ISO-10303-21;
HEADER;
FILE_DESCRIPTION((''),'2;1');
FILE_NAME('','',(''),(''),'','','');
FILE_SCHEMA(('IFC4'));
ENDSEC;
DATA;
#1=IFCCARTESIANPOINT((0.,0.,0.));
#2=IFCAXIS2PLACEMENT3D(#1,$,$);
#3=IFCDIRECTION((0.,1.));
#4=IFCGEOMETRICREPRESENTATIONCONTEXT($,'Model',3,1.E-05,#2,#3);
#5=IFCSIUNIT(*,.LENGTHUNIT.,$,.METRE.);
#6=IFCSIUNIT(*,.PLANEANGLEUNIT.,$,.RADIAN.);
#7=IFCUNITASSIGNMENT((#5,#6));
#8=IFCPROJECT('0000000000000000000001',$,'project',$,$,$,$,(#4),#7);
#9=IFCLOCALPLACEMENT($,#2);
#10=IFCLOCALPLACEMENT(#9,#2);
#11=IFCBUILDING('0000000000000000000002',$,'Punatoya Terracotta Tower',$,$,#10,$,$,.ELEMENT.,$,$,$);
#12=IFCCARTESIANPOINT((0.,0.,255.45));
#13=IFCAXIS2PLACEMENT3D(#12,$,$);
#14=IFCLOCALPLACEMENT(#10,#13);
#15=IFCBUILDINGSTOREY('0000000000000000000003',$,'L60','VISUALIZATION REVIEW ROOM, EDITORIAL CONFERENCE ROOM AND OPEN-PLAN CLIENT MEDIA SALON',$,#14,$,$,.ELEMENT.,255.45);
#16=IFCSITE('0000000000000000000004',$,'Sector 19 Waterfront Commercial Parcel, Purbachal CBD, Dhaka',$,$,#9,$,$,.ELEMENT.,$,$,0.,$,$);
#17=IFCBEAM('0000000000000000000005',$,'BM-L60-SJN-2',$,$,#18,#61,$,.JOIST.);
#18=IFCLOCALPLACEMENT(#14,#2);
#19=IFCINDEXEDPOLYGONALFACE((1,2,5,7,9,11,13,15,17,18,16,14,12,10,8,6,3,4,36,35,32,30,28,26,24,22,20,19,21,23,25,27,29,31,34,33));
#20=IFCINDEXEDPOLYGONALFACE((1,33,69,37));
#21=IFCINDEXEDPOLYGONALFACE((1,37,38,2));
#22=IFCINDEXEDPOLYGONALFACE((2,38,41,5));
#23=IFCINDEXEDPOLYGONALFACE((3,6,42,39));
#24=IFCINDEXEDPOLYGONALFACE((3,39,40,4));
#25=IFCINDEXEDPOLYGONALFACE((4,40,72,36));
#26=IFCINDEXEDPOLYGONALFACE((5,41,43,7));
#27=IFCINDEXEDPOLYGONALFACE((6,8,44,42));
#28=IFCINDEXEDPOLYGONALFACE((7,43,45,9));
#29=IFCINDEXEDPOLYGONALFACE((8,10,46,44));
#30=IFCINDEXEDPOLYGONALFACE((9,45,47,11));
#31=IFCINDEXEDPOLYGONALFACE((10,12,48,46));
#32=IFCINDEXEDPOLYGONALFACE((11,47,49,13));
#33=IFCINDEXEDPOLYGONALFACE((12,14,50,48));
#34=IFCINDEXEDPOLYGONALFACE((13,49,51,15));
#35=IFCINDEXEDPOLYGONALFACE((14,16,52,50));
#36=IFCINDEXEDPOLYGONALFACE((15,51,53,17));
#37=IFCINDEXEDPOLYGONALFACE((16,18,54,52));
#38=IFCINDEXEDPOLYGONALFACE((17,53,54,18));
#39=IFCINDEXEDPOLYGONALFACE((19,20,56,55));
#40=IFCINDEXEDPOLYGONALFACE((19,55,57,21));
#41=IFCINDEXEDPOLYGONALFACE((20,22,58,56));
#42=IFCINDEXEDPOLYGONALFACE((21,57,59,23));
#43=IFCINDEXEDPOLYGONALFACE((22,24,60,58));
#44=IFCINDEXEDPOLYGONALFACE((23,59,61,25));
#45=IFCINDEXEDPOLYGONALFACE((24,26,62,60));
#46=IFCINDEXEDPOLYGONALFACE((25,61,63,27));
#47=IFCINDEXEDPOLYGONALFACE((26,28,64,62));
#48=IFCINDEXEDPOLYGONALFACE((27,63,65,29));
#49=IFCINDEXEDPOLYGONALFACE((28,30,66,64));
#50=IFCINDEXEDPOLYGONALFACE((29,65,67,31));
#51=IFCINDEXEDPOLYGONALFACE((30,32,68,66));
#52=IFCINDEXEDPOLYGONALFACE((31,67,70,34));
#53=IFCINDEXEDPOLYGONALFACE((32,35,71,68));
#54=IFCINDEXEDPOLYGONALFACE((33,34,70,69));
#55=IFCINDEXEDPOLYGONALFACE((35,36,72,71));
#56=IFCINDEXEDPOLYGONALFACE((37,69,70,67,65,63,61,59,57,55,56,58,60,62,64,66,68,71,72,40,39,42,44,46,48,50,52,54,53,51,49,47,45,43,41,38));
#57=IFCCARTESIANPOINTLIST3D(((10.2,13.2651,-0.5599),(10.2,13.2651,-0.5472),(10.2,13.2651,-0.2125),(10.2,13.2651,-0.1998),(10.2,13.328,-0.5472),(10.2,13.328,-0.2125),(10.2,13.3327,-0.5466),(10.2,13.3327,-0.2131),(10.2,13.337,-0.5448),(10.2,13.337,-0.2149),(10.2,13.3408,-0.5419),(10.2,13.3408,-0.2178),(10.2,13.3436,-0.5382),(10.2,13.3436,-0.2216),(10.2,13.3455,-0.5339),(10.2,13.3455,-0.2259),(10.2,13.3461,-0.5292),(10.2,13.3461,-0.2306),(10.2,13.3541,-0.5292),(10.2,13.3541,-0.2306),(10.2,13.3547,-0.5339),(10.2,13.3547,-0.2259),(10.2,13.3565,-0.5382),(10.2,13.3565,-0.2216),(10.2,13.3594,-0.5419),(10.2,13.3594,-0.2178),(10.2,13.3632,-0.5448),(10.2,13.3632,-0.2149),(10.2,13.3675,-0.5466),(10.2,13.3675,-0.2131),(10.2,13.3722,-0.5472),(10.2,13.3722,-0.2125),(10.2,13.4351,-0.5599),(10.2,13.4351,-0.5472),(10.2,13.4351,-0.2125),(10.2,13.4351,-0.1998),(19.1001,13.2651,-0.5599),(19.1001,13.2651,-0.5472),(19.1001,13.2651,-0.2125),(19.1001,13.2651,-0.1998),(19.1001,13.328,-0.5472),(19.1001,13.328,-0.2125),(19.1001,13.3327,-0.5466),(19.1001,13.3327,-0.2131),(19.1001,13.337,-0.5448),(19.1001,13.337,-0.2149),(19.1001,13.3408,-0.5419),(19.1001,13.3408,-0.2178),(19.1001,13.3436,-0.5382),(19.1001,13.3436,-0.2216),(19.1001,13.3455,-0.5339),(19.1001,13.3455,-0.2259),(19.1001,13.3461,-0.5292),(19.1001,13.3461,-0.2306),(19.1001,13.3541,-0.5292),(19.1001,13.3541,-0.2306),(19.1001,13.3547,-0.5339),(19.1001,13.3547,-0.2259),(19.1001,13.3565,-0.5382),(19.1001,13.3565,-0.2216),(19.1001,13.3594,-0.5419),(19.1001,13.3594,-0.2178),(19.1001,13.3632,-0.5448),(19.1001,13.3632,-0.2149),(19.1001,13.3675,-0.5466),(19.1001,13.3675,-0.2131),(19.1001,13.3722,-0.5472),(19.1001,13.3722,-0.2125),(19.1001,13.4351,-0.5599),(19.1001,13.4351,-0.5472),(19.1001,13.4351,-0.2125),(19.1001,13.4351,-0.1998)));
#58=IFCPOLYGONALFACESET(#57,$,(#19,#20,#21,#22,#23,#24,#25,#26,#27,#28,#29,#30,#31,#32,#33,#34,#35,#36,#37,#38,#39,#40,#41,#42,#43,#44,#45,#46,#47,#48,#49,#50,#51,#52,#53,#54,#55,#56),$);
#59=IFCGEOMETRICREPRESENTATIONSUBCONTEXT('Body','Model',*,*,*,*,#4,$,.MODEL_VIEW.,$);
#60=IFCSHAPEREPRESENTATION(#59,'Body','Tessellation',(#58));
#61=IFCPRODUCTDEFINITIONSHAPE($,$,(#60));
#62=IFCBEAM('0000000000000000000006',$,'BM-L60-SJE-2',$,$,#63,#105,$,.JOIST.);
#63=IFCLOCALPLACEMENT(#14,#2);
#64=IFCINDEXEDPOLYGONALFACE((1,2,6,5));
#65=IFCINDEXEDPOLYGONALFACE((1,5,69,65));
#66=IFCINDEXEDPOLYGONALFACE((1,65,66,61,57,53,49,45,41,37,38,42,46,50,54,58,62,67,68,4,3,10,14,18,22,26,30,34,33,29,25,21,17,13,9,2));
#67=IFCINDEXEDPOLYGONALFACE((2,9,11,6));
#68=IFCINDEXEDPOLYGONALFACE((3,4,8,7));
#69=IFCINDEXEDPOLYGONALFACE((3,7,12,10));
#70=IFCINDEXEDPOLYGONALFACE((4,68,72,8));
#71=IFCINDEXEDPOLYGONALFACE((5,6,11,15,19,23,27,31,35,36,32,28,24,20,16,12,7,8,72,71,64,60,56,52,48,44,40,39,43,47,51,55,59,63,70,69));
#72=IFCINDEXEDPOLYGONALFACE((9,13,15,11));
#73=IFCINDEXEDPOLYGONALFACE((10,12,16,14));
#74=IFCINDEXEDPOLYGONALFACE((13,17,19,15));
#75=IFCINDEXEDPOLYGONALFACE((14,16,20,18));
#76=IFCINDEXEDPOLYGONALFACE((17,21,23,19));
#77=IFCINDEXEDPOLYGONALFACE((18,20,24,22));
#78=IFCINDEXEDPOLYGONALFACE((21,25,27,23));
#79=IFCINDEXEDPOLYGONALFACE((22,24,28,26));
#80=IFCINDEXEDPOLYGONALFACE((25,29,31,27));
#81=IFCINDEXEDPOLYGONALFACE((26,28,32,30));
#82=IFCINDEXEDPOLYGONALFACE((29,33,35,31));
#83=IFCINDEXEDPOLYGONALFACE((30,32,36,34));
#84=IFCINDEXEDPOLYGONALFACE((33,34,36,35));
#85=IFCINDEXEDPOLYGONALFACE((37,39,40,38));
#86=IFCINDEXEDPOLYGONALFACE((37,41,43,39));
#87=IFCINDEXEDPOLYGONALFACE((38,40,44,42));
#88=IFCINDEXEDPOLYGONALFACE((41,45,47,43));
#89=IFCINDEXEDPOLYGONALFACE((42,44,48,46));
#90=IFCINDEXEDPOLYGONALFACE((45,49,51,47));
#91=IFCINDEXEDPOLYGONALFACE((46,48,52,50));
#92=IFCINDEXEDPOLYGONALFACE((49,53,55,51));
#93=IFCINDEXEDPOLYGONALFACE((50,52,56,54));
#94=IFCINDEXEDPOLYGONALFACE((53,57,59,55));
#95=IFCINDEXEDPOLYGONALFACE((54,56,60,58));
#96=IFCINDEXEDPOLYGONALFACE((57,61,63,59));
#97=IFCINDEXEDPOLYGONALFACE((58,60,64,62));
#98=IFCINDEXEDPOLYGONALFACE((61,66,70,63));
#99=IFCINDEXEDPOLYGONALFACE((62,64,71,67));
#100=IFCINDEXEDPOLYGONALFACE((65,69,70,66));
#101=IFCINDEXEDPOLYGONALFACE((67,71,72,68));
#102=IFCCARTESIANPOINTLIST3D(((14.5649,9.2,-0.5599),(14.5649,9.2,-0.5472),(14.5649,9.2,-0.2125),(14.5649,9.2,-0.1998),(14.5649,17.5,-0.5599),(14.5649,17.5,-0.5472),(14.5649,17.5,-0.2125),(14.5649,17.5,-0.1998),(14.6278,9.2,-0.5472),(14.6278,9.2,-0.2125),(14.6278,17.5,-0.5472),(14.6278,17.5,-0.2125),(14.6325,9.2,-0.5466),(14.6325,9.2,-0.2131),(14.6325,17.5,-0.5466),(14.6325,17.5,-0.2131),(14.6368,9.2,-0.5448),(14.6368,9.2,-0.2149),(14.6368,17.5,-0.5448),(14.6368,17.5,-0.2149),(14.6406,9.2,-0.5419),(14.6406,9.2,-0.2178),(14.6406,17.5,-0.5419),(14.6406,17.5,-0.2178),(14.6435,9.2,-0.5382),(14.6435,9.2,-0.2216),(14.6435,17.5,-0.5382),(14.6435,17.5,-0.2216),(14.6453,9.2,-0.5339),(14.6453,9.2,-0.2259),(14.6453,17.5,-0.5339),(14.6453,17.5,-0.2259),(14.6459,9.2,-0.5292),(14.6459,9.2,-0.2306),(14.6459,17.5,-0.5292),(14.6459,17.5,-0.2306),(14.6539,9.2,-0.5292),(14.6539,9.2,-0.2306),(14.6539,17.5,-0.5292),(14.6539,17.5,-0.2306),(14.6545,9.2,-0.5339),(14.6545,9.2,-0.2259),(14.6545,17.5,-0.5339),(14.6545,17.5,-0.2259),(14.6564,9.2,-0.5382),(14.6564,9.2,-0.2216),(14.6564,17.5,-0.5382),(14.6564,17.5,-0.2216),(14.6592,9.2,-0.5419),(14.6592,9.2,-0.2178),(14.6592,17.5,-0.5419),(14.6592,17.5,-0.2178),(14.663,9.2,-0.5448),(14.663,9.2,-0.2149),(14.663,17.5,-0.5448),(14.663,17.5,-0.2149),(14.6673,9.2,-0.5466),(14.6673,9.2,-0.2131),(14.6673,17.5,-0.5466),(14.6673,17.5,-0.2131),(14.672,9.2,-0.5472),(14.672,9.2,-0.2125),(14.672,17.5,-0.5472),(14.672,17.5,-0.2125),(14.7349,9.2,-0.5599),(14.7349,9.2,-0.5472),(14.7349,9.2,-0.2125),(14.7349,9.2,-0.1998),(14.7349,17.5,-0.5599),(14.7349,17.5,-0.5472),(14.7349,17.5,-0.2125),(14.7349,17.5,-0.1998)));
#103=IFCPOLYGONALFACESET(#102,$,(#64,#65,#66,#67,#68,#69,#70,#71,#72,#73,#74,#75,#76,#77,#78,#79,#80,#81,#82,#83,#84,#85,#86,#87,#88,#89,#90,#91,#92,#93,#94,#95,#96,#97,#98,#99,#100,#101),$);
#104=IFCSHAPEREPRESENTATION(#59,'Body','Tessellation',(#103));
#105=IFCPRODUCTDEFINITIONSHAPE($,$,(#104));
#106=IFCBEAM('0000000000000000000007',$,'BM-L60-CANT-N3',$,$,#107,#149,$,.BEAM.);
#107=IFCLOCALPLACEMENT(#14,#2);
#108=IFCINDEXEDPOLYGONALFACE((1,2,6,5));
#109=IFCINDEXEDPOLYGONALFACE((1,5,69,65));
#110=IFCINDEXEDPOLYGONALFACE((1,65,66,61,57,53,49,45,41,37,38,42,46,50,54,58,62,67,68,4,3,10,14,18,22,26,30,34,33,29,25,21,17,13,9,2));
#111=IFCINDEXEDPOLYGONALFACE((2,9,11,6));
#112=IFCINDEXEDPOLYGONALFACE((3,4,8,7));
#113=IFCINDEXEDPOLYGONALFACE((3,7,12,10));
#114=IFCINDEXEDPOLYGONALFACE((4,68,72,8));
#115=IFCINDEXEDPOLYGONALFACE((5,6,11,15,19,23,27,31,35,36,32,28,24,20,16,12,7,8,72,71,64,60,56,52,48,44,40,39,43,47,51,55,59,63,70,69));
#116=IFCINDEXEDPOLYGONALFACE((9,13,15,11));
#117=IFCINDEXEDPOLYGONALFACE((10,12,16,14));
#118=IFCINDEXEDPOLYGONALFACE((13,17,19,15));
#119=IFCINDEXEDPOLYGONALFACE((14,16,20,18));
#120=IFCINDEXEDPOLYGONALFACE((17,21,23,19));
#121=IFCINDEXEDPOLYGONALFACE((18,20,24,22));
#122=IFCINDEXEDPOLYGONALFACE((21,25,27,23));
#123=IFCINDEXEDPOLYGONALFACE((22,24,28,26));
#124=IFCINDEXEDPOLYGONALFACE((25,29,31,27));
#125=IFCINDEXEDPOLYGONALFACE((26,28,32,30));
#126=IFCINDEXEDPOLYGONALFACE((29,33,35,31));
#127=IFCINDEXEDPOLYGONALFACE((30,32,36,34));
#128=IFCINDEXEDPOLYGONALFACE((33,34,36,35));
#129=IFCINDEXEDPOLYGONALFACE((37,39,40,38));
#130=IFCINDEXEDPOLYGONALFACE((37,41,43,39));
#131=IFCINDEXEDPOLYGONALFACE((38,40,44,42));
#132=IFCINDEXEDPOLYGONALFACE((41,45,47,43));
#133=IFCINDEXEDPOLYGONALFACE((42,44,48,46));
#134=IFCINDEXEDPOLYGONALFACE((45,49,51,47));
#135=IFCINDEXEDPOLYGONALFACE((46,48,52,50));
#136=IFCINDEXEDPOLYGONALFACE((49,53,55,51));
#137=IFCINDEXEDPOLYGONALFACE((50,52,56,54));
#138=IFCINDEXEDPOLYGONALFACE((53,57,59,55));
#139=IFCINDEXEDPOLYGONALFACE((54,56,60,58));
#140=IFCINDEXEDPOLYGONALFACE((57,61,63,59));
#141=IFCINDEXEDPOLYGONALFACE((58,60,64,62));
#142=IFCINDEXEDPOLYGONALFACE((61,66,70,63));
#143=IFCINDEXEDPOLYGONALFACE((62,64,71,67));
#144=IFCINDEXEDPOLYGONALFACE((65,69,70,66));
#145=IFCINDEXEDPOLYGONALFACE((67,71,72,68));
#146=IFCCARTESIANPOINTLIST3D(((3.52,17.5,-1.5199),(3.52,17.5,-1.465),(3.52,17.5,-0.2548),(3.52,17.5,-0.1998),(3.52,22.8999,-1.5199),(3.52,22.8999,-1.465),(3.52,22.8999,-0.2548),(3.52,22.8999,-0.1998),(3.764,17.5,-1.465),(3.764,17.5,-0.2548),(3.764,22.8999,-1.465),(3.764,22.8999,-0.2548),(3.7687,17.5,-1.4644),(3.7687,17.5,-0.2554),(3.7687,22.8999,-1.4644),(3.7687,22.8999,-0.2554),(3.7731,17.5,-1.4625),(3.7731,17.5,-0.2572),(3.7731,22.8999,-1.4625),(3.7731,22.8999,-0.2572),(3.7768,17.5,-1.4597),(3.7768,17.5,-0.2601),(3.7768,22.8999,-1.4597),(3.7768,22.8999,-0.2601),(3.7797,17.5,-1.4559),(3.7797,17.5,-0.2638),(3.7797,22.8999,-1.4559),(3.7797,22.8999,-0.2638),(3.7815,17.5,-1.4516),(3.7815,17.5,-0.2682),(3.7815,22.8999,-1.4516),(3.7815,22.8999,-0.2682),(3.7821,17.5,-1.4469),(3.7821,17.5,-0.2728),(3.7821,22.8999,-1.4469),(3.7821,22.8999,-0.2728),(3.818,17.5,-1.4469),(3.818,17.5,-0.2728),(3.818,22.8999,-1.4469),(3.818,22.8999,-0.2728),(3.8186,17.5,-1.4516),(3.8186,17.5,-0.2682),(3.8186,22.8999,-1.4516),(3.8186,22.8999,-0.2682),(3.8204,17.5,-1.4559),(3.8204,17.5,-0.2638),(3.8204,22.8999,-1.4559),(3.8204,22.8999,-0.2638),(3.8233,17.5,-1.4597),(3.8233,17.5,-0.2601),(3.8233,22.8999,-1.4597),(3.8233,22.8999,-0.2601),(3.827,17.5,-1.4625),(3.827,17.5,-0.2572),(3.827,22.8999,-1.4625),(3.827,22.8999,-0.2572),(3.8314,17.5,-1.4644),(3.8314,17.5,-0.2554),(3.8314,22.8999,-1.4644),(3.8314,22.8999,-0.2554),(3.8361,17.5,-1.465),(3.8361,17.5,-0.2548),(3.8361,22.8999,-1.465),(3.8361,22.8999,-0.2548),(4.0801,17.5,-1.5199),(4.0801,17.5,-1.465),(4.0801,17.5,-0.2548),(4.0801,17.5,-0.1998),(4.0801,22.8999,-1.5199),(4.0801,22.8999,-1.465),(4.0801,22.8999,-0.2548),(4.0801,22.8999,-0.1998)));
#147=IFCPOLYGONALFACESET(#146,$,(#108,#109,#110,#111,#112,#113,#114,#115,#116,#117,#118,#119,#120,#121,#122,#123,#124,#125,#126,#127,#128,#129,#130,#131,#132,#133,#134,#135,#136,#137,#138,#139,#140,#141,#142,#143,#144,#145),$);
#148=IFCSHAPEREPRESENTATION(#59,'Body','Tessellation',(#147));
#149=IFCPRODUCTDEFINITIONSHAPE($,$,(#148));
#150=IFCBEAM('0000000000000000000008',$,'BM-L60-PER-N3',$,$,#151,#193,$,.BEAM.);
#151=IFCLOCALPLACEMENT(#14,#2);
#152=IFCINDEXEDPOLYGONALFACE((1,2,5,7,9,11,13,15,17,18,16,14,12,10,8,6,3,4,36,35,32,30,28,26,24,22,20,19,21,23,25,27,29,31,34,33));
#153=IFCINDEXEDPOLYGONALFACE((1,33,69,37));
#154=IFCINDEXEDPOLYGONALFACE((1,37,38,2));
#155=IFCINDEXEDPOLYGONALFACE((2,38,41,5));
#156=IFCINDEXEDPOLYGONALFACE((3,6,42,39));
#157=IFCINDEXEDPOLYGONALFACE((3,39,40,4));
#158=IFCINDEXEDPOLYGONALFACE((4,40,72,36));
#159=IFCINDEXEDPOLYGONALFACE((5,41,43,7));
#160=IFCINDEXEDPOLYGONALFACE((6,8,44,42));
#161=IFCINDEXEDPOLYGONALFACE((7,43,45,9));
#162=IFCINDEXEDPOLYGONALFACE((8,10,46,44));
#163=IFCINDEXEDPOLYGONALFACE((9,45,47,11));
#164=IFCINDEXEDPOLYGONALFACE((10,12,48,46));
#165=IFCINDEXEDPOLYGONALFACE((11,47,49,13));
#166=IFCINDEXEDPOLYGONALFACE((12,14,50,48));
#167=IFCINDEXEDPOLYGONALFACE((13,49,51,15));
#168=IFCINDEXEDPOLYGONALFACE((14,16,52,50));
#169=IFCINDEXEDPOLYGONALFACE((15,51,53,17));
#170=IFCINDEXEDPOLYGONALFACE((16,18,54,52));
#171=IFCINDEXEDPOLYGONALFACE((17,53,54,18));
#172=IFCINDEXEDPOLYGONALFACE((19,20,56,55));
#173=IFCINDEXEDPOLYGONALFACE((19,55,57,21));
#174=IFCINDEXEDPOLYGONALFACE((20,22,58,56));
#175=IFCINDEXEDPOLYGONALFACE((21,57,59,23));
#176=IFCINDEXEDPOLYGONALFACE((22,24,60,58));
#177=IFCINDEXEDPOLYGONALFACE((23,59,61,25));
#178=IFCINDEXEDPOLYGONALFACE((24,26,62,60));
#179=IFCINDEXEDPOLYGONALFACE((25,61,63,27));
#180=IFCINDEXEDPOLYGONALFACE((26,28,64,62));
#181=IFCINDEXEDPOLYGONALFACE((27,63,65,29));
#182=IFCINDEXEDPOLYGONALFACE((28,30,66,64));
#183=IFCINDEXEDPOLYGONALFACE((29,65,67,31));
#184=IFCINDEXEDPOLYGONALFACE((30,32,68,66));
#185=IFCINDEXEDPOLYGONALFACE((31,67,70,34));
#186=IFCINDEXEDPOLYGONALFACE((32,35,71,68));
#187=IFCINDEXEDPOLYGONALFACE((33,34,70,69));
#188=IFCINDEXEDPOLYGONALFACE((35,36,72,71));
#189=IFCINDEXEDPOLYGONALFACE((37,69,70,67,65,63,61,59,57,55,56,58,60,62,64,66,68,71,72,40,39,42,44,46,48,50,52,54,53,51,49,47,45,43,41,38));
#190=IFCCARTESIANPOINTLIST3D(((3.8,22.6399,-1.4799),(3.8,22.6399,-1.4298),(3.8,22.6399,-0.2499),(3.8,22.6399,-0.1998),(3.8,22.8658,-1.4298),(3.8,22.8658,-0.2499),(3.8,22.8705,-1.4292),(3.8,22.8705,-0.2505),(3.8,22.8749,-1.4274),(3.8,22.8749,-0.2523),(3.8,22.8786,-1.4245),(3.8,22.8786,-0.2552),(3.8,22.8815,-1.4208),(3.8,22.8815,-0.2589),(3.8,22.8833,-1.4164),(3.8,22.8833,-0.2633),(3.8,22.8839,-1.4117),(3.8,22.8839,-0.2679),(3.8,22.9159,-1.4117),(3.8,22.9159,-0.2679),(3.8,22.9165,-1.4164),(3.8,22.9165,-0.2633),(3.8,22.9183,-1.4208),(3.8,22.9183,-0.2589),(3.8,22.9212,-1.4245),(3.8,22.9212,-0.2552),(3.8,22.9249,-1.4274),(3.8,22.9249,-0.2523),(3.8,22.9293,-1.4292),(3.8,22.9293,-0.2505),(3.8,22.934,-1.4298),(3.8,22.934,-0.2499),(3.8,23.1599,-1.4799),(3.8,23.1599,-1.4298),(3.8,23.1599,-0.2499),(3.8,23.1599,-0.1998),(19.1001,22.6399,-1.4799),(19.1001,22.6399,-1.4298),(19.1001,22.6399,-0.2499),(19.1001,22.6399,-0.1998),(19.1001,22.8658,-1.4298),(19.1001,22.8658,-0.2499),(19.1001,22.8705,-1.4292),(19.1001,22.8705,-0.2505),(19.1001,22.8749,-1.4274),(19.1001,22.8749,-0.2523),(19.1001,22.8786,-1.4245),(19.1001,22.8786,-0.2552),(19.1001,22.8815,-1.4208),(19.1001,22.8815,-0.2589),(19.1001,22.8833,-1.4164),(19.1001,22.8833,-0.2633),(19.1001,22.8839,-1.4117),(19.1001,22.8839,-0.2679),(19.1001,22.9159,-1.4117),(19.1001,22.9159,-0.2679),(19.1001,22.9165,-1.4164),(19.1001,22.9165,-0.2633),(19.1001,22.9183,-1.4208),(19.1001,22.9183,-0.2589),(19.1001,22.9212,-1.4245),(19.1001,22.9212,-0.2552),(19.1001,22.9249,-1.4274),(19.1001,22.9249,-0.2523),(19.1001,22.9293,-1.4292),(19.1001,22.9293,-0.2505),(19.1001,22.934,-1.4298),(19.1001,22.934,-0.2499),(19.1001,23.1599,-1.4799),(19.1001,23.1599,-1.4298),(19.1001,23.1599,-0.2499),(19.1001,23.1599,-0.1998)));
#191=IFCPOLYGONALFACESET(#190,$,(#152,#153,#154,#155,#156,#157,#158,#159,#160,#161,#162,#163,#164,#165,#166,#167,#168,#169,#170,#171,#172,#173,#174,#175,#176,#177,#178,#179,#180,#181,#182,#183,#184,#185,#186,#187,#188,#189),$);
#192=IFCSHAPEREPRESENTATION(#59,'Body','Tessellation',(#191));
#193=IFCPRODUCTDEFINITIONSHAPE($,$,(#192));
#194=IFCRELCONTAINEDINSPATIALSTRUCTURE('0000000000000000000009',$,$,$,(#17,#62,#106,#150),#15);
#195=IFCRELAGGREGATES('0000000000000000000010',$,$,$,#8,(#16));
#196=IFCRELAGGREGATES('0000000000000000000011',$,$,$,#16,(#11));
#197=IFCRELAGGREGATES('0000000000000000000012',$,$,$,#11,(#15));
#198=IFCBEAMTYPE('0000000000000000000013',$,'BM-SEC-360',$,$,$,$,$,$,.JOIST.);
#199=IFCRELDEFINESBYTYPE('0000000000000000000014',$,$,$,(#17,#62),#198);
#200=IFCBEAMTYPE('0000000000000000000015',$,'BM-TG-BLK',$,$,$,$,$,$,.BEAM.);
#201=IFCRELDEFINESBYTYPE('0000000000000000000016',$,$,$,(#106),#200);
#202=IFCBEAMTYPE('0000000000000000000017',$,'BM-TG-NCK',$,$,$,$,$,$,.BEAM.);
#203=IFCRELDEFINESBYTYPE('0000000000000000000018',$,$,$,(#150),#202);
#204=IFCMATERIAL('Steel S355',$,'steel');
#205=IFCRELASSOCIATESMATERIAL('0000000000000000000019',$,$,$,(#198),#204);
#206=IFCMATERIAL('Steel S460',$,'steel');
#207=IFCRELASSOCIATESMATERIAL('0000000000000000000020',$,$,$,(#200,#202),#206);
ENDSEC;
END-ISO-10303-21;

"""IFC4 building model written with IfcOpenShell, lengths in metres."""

from ifc_helpers import new_model, si_unit, direction, frame, origin, origin_2d, place, context, subcontext, project, spatial, i_section, extrude, material, material_profile, profile_set, type_object, element, save


model = new_model("IFC4")

# Units and contexts
model_context = context("Model", 3, precision=1e-05, world=origin(), true_north=direction((0.0, 1.0)))
body_context = subcontext(model_context, "Body", "Model", "MODEL_VIEW")
ifc_project = project(units=[si_unit("LENGTHUNIT", "METRE"), si_unit("PLANEANGLEUNIT", "RADIAN")], contexts=[model_context])

# Site, building, storey
site_placement = place(None, origin())
site = spatial("IfcSite", under=ifc_project, at=site_placement, Name="Sector 19 Waterfront Commercial Parcel, Purbachal CBD, Dhaka", CompositionType="ELEMENT", RefElevation=0.0)
building_placement = place(site_placement, origin())
building = spatial("IfcBuilding", under=site, at=building_placement, Name="Punatoya Terracotta Tower", CompositionType="ELEMENT")
storey_placement = place(building_placement, frame((0.0, 0.0, 255.45)))
storey = spatial("IfcBuildingStorey", under=building, at=storey_placement, Name="L60", Description="VISUALIZATION REVIEW ROOM, EDITORIAL CONFERENCE ROOM AND OPEN-PLAN CLIENT MEDIA SALON", CompositionType="ELEMENT", Elevation=255.45)

# Shared definitions
ifc_material_1 = material(Name="Steel S460", Category="steel")

# Beams
ifc_material_2 = material(Name="Steel S355", Category="steel")
ifc_material_profile_1 = material_profile(ifc_material_2, i_section(OverallWidth=0.1699, OverallDepth=0.3601, WebThickness=0.0081, FlangeThickness=0.0127, FilletRadius=0.0181, at=origin_2d()))
ifc_profile_set_1 = profile_set([ifc_material_profile_1], Name="Steel S355")
beam_type_1 = type_object("IfcBeamType", Name="BM-SEC-360", PredefinedType="JOIST", material=ifc_profile_set_1)
beam_1_placement = place(storey_placement, frame((10.2, 13.3501, -0.3799), z_axis=(1.0, 0.0, 0.0), x_axis=(0.0, 1.0, 0.0)))
element("IfcBeam", 1, at=beam_1_placement, inside=storey, type_object=beam_type_1, Name="BM-L60-SJN-2", PredefinedType="JOIST", context=body_context, shape_type="SweptSolid", body=[
    extrude(i_section(OverallWidth=0.1699, OverallDepth=0.3601, WebThickness=0.0081, FlangeThickness=0.0127, FilletRadius=0.0181, at=origin_2d()), origin(), (0.0, 0.0, 1.0), 8.9001),
])
beam_2_placement = place(storey_placement, frame((14.6499, 9.2, -0.3799), z_axis=(0.0, 1.0, 0.0), x_axis=(-1.0, 0.0, 0.0)))
element("IfcBeam", 2, at=beam_2_placement, inside=storey, type_object=beam_type_1, Name="BM-L60-SJE-2", PredefinedType="JOIST", context=body_context, shape_type="SweptSolid", body=[
    extrude(i_section(OverallWidth=0.1699, OverallDepth=0.3601, WebThickness=0.0081, FlangeThickness=0.0127, FilletRadius=0.0181, at=origin_2d()), origin(), (0.0, 0.0, 1.0), 8.3),
])
ifc_material_profile_2 = material_profile(ifc_material_1, i_section(OverallWidth=0.5601, OverallDepth=1.3201, WebThickness=0.0359, FlangeThickness=0.0549, FilletRadius=0.0181, at=origin_2d()))
ifc_profile_set_2 = profile_set([ifc_material_profile_2], Name="Steel S460")
beam_type_2 = type_object("IfcBeamType", Name="BM-TG-BLK", PredefinedType="BEAM", material=ifc_profile_set_2)
beam_3_placement = place(storey_placement, frame((3.8, 17.5, -0.8599), z_axis=(0.0, 1.0, 0.0), x_axis=(-1.0, 0.0, 0.0)))
element("IfcBeam", 3, at=beam_3_placement, inside=storey, type_object=beam_type_2, Name="BM-L60-CANT-N3", PredefinedType="BEAM", context=body_context, shape_type="SweptSolid", body=[
    extrude(i_section(OverallWidth=0.5601, OverallDepth=1.3201, WebThickness=0.0359, FlangeThickness=0.0549, FilletRadius=0.0181, at=origin_2d()), origin(), (0.0, 0.0, 1.0), 5.3999),
])
ifc_material_profile_3 = material_profile(ifc_material_1, i_section(OverallWidth=0.52, OverallDepth=1.28, WebThickness=0.032, FlangeThickness=0.05, FilletRadius=0.0181, at=origin_2d()))
ifc_profile_set_3 = profile_set([ifc_material_profile_3], Name="Steel S460")
beam_type_3 = type_object("IfcBeamType", Name="BM-TG-NCK", PredefinedType="BEAM", material=ifc_profile_set_3)
beam_4_placement = place(storey_placement, frame((3.8, 22.8999, -0.8398), z_axis=(1.0, 0.0, 0.0), x_axis=(0.0, 1.0, 0.0)))
element("IfcBeam", 4, at=beam_4_placement, inside=storey, type_object=beam_type_3, Name="BM-L60-PER-N3", PredefinedType="BEAM", context=body_context, shape_type="SweptSolid", body=[
    extrude(i_section(OverallWidth=0.52, OverallDepth=1.28, WebThickness=0.032, FlangeThickness=0.05, FilletRadius=0.0181, at=origin_2d()), origin(), (0.0, 0.0, 1.0), 15.3),
])

save(model, "model.ifc")
